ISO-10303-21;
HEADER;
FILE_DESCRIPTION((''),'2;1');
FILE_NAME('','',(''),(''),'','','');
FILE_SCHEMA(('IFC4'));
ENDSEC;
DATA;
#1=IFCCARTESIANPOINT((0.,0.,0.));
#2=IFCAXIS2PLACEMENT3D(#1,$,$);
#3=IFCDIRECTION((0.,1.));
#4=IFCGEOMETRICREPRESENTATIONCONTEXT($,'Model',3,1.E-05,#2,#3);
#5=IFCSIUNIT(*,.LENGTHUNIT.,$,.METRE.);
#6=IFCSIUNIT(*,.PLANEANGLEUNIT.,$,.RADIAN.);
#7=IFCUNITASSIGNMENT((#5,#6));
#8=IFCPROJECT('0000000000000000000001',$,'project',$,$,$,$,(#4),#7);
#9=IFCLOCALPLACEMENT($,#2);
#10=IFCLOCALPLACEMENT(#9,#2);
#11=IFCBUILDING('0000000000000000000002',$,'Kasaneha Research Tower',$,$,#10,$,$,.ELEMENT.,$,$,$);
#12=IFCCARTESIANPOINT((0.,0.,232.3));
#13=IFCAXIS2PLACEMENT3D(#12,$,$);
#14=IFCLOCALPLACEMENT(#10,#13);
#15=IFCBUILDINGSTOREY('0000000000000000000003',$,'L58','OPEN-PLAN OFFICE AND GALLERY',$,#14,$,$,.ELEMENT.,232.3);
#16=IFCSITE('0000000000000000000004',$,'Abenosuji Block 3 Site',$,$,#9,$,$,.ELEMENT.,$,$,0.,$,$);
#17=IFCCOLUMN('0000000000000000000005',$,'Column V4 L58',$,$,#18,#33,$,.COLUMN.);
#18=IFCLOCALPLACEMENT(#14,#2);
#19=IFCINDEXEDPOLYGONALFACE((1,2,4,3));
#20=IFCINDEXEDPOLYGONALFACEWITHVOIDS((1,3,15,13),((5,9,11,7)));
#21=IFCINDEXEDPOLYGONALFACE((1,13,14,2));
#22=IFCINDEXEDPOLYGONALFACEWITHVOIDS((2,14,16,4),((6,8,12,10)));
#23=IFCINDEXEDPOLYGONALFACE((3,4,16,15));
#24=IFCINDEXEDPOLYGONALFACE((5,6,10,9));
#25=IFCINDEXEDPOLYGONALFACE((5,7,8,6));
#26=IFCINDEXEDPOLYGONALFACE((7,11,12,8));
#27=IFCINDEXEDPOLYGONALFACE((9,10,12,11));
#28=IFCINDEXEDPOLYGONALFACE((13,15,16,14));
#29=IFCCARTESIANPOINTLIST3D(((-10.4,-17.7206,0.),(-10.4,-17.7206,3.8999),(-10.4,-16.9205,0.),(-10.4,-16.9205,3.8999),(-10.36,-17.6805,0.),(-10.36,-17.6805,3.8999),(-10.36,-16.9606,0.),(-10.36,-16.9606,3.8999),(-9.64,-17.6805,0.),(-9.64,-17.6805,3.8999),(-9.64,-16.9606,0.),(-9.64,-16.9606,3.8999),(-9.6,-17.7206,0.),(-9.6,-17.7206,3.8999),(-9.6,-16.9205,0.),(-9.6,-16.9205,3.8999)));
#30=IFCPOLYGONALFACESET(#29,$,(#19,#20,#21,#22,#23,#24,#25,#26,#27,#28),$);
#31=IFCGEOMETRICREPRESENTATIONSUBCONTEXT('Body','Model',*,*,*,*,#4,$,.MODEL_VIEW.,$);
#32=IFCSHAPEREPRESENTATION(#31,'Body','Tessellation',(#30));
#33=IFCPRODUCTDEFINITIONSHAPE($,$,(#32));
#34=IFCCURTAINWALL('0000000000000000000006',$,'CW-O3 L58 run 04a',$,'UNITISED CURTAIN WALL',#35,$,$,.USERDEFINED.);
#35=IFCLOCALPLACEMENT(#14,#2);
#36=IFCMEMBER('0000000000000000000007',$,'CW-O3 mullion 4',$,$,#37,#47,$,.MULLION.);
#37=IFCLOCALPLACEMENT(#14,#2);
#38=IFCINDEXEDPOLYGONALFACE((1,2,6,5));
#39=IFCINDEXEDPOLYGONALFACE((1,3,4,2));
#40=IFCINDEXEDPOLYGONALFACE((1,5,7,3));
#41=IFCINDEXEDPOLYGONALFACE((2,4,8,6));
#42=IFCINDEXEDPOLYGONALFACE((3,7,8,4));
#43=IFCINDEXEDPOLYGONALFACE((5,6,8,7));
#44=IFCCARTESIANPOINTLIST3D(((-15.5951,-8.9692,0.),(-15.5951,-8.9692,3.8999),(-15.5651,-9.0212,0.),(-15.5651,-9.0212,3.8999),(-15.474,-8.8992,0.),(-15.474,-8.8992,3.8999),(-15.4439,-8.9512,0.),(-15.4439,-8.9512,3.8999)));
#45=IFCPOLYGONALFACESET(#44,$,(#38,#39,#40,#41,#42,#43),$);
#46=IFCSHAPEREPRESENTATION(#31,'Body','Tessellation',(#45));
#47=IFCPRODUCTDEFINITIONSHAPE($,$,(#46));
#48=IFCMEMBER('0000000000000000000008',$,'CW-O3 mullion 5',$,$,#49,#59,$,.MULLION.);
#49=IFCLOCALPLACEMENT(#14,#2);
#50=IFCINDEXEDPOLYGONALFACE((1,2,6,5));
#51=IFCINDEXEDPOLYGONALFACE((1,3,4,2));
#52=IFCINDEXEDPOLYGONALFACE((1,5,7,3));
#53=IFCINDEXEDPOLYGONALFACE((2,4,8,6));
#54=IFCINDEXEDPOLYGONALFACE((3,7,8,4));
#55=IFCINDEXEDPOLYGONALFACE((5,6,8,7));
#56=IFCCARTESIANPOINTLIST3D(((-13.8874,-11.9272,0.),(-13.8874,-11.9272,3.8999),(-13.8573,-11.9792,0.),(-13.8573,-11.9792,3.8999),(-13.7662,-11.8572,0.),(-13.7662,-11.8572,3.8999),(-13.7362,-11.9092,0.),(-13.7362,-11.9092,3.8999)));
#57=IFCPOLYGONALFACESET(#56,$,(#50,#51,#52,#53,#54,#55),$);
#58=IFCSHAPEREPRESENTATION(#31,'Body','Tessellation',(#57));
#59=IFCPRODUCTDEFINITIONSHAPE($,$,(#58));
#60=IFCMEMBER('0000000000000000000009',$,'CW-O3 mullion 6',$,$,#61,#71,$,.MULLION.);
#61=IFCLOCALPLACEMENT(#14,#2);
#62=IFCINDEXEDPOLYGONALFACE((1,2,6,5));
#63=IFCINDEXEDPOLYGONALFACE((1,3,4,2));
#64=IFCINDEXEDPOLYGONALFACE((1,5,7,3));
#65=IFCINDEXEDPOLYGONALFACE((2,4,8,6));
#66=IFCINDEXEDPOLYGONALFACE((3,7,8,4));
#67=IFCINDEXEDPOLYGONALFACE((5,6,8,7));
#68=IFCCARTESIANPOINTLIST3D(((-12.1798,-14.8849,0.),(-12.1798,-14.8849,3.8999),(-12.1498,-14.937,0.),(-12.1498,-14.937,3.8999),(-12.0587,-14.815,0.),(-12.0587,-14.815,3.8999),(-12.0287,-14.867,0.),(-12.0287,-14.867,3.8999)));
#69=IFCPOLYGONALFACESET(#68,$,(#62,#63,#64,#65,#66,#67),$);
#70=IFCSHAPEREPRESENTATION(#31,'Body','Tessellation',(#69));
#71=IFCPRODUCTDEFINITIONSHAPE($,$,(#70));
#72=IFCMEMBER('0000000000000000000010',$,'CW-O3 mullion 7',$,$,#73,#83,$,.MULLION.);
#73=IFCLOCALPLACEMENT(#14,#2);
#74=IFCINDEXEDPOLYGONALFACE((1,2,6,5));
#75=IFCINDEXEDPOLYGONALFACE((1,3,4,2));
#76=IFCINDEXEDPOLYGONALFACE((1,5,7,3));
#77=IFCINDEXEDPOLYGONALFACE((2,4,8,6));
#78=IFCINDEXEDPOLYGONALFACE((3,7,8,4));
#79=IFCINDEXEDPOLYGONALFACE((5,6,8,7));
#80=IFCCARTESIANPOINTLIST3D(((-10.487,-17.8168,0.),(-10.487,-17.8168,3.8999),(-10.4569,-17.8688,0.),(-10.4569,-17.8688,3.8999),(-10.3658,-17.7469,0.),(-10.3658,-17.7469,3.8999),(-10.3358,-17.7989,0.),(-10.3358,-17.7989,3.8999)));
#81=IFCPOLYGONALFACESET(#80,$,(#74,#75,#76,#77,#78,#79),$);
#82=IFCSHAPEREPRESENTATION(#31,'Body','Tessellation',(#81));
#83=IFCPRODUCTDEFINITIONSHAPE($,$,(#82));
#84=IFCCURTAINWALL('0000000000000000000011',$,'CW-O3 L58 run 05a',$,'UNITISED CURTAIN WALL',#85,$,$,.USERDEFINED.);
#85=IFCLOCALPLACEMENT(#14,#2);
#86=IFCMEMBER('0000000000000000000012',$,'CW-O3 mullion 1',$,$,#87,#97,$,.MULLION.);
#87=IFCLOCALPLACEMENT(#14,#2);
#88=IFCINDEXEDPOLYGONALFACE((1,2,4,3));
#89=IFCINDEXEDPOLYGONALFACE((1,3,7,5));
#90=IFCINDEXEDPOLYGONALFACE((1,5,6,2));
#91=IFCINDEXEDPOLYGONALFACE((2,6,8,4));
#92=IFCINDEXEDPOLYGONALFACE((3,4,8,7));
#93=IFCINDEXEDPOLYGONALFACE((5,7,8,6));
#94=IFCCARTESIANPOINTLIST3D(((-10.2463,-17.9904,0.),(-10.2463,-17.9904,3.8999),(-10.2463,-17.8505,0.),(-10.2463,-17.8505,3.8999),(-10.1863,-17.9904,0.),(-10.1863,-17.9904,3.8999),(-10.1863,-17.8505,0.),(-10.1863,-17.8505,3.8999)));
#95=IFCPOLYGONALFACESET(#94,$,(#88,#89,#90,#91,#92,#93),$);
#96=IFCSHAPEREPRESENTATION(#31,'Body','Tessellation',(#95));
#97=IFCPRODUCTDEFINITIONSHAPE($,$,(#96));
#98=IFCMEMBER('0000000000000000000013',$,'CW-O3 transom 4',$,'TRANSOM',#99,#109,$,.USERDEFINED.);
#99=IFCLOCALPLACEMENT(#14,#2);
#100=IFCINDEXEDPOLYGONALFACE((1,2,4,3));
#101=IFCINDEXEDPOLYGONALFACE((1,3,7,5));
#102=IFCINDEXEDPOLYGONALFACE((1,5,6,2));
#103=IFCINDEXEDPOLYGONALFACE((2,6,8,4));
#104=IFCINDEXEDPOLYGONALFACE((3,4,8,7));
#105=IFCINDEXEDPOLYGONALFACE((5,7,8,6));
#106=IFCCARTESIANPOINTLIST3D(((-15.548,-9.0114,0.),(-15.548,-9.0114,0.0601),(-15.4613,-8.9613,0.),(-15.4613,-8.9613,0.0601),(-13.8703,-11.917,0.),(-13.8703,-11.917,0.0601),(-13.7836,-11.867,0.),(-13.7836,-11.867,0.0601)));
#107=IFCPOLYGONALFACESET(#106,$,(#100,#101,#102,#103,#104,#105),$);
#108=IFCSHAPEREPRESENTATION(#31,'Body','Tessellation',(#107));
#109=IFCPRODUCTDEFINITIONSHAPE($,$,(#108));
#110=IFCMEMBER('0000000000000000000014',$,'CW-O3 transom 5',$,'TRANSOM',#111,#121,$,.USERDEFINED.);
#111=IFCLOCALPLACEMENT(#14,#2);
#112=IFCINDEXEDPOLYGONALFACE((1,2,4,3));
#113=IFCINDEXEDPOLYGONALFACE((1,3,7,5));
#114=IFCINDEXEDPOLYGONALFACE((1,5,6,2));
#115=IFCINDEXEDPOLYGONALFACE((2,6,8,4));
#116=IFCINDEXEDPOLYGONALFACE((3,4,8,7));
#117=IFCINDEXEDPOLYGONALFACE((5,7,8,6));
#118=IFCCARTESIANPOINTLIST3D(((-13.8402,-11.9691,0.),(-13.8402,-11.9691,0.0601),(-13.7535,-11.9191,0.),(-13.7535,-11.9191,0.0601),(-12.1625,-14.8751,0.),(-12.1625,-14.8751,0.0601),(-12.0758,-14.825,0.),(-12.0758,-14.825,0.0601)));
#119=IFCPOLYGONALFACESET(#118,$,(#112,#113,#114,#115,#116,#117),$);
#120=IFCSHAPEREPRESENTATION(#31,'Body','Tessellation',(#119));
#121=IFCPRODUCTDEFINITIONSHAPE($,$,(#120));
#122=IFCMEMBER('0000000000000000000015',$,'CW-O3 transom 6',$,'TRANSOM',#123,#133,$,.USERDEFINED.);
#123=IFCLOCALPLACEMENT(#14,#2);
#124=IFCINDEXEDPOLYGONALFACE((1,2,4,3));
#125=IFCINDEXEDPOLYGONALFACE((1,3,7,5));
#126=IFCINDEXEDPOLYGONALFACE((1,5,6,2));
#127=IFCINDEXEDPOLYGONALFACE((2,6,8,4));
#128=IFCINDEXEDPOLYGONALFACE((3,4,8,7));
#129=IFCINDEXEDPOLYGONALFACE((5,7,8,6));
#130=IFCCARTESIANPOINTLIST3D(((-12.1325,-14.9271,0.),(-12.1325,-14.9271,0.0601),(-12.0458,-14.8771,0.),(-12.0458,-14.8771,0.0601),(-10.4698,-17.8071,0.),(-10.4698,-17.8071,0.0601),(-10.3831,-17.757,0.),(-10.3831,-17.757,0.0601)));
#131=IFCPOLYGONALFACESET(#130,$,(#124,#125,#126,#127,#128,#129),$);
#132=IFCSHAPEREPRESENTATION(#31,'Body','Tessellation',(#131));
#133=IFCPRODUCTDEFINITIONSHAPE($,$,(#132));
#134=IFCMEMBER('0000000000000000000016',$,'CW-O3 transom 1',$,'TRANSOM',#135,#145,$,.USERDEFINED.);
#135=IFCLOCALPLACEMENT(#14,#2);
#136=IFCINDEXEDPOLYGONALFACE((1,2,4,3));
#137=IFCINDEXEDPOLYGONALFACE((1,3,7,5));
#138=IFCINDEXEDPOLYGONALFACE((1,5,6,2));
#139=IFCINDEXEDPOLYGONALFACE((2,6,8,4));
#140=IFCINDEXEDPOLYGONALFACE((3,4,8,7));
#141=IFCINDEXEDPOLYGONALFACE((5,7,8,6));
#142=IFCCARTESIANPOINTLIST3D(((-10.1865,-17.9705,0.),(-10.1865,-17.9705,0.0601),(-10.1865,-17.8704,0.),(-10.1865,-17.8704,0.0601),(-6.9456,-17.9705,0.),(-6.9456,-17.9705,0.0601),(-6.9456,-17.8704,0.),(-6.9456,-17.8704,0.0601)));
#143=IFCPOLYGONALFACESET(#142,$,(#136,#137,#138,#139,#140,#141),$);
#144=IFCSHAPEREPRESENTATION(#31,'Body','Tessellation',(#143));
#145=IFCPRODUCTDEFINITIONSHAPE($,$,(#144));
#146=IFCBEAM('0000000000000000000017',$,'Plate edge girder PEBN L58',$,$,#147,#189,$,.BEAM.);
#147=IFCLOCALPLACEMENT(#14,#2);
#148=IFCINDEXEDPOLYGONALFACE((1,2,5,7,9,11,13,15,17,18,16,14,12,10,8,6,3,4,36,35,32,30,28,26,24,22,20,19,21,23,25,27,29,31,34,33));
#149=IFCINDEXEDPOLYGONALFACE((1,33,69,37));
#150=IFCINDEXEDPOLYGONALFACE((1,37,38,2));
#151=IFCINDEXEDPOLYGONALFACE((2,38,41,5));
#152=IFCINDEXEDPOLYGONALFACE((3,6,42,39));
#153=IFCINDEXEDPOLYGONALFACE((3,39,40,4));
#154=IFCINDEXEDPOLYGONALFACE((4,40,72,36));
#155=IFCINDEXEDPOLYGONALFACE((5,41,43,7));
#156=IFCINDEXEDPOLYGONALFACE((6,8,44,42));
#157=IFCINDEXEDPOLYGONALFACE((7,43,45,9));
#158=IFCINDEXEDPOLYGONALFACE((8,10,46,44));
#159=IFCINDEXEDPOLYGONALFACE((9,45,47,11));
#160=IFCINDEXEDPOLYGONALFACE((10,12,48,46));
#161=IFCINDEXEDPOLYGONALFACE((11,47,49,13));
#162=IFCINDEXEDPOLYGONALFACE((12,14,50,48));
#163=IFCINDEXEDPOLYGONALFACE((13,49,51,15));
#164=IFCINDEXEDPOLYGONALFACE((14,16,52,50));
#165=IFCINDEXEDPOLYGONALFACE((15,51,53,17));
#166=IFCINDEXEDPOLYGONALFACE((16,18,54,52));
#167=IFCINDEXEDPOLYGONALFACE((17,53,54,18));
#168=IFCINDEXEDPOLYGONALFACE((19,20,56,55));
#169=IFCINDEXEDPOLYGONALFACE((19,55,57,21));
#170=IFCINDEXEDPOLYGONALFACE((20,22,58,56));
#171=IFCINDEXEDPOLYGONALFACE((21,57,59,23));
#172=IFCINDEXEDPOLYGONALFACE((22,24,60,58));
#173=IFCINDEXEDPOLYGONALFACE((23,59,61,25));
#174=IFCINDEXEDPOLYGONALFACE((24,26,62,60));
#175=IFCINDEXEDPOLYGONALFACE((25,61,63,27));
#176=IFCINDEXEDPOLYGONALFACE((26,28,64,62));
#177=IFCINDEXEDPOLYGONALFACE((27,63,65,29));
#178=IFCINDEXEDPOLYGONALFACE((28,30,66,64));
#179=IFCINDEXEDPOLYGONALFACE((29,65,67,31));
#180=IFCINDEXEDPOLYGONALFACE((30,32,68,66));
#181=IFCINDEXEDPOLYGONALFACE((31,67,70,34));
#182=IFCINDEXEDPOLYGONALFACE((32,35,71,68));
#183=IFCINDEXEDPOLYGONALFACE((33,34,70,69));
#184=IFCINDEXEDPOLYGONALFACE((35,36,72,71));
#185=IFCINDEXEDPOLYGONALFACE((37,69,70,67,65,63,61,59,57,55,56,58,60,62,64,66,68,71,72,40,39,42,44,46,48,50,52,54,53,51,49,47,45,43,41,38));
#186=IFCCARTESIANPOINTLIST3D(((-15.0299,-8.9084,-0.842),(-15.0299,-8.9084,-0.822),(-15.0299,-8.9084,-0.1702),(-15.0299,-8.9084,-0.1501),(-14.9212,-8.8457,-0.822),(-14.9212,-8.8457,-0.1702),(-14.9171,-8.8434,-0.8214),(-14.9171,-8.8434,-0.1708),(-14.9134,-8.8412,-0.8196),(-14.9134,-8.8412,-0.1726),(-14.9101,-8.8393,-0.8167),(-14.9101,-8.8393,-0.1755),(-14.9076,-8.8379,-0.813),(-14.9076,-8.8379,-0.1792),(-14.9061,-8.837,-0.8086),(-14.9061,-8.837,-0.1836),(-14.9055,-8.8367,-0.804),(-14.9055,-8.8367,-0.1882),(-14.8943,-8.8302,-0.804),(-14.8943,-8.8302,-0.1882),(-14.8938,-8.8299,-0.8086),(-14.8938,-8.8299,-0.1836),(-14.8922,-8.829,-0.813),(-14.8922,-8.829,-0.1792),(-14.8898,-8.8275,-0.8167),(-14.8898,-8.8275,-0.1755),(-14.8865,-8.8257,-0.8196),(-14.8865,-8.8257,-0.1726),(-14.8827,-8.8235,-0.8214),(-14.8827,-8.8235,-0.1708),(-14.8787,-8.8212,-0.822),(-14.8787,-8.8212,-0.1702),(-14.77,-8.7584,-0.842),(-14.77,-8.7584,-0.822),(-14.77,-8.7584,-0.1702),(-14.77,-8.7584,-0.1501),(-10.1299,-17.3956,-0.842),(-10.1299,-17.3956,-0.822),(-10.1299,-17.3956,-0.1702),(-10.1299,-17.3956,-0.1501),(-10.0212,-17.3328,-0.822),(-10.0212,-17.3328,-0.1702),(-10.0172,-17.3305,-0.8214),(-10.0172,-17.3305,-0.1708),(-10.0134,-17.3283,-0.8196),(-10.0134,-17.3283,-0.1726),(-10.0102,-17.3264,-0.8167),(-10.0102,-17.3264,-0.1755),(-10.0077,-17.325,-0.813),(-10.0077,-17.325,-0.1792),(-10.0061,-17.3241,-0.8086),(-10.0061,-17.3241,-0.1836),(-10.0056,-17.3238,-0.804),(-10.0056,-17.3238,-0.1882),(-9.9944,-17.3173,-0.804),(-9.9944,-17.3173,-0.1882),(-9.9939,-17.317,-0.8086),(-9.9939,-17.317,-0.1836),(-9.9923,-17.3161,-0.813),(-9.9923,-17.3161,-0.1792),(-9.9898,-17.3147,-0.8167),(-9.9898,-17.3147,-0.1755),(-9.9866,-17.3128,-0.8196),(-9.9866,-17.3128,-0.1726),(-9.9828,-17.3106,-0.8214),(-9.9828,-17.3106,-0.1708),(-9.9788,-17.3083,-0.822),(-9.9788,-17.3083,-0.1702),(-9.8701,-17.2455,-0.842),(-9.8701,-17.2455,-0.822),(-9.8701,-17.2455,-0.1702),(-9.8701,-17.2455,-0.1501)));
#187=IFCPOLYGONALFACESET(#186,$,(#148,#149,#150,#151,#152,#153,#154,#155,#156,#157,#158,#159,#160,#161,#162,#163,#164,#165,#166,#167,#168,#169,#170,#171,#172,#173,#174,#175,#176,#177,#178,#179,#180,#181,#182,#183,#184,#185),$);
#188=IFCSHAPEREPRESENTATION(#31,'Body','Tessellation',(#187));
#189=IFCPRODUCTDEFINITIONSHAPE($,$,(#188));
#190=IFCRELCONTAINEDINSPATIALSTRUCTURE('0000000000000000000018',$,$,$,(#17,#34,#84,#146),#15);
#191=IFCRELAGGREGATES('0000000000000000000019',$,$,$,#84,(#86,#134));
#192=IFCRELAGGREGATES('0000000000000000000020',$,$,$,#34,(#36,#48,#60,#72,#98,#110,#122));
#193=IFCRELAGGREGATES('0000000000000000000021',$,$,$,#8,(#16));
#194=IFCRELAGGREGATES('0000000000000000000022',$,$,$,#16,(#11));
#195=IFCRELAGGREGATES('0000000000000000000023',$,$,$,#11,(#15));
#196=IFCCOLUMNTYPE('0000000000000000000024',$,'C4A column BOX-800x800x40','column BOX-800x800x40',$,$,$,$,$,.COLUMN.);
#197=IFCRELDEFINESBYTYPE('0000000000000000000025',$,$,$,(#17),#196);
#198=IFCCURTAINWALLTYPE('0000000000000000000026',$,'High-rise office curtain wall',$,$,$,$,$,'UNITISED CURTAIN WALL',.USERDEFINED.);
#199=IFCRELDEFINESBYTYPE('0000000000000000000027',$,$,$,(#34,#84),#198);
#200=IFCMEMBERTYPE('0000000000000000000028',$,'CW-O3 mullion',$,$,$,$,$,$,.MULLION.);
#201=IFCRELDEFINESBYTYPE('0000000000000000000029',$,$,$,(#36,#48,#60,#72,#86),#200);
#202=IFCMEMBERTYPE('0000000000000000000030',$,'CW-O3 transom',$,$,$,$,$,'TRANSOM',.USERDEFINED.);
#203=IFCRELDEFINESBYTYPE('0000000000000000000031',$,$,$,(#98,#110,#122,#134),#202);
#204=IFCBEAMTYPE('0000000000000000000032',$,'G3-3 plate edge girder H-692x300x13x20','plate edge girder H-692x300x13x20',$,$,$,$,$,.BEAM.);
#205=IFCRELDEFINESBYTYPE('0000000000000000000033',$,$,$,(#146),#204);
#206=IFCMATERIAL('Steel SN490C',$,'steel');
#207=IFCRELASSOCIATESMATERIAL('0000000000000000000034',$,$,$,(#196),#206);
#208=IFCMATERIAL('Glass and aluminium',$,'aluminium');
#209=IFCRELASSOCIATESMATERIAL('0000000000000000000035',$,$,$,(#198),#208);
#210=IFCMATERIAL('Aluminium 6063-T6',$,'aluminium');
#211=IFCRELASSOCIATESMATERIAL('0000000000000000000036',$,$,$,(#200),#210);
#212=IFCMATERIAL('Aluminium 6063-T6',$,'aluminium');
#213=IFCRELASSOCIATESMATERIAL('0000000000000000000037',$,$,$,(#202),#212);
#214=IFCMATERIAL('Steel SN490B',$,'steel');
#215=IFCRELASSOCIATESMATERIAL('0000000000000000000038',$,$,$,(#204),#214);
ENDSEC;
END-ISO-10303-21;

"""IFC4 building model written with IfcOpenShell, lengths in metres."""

from ifc_helpers import new_model, si_unit, direction, frame, origin, origin_2d, place, context, subcontext, project, spatial, rectangle, hollow_rectangle, i_section, extrude, material, material_profile, profile_set, type_object, element, aggregate, save


model = new_model("IFC4")

# Units and contexts
model_context = context("Model", 3, precision=1e-05, world=origin(), true_north=direction((0.0, 1.0)))
body_context = subcontext(model_context, "Body", "Model", "MODEL_VIEW")
ifc_project = project(units=[si_unit("LENGTHUNIT", "METRE"), si_unit("PLANEANGLEUNIT", "RADIAN")], contexts=[model_context])

# Site, building, storey
site_placement = place(None, origin())
site = spatial("IfcSite", under=ifc_project, at=site_placement, Name="Abenosuji Block 3 Site", CompositionType="ELEMENT", RefElevation=0.0)
building_placement = place(site_placement, origin())
building = spatial("IfcBuilding", under=site, at=building_placement, Name="Kasaneha Research Tower", CompositionType="ELEMENT")
storey_placement = place(building_placement, frame((0.0, 0.0, 232.3)))
storey = spatial("IfcBuildingStorey", under=building, at=storey_placement, Name="L58", Description="OPEN-PLAN OFFICE AND GALLERY", CompositionType="ELEMENT", Elevation=232.3)

# Column
ifc_material_1 = material(Name="Steel SN490C", Category="steel")
ifc_material_profile_1 = material_profile(ifc_material_1, hollow_rectangle(XDim=0.8, YDim=0.8, WallThickness=0.04, at=origin_2d()), Name="BOX-800x800x40")
ifc_profile_set_1 = profile_set([ifc_material_profile_1], Name="Steel SN490C")
column_type = type_object("IfcColumnType", Name="C4A column BOX-800x800x40", Description="column BOX-800x800x40", PredefinedType="COLUMN", material=ifc_profile_set_1)
column_placement = place(storey_placement, frame((-10.0, -17.3206, 0.0), z_axis=(0.0, 0.0, 1.0), x_axis=(1.0, 0.0, 0.0)))
element("IfcColumn", 1, at=column_placement, inside=storey, type_object=column_type, Name="Column V4 L58", PredefinedType="COLUMN", context=body_context, shape_type="SweptSolid", body=[
    extrude(hollow_rectangle(XDim=0.8, YDim=0.8, WallThickness=0.04, at=origin_2d()), origin(), (0.0, 0.0, 1.0), 3.8999),
])

# Curtain wall, members
ifc_material_2 = material(Name="Glass and aluminium", Category="aluminium")
curtain_wall_type = type_object("IfcCurtainWallType", Name="High-rise office curtain wall", ElementType="UNITISED CURTAIN WALL", PredefinedType="USERDEFINED", material=ifc_material_2)
curtain_wall_1_placement = place(storey_placement, origin())
curtain_wall_1 = element("IfcCurtainWall", 2, at=curtain_wall_1_placement, inside=storey, type_object=curtain_wall_type, Name="CW-O3 L58 run 04a", ObjectType="UNITISED CURTAIN WALL", PredefinedType="USERDEFINED")
ifc_material_3 = material(Name="Aluminium 6063-T6", Category="aluminium")
ifc_material_profile_2 = material_profile(ifc_material_3, rectangle(XDim=0.0601, YDim=0.1399, at=origin_2d()), Name="CW-O3 mullion 60x140")
ifc_profile_set_2 = profile_set([ifc_material_profile_2], Name="Aluminium 6063-T6")
member_type_1 = type_object("IfcMemberType", Name="CW-O3 mullion", PredefinedType="MULLION", material=ifc_profile_set_2)
member_1_placement = place(storey_placement, frame((-15.5195, -8.9602, 0.0), z_axis=(0.0, 0.0, 1.0), x_axis=(0.5, -0.866025, 0.0)))
member_1 = element("IfcMember", 3, at=member_1_placement, type_object=member_type_1, Name="CW-O3 mullion 4", PredefinedType="MULLION", context=body_context, shape_type="SweptSolid", body=[
    extrude(rectangle(XDim=0.0601, YDim=0.1399, at=origin_2d()), origin(), (0.0, 0.0, 1.0), 3.8999),
])
member_2_placement = place(storey_placement, frame((-13.8118, -11.9182, 0.0), z_axis=(0.0, 0.0, 1.0), x_axis=(0.5, -0.866025, 0.0)))
member_2 = element("IfcMember", 4, at=member_2_placement, type_object=member_type_1, Name="CW-O3 mullion 5", PredefinedType="MULLION", context=body_context, shape_type="SweptSolid", body=[
    extrude(rectangle(XDim=0.0601, YDim=0.1399, at=origin_2d()), origin(), (0.0, 0.0, 1.0), 3.8999),
])
member_3_placement = place(storey_placement, frame((-12.1042, -14.876, 0.0), z_axis=(0.0, 0.0, 1.0), x_axis=(0.5, -0.866025, 0.0)))
member_3 = element("IfcMember", 5, at=member_3_placement, type_object=member_type_1, Name="CW-O3 mullion 6", PredefinedType="MULLION", context=body_context, shape_type="SweptSolid", body=[
    extrude(rectangle(XDim=0.0601, YDim=0.1399, at=origin_2d()), origin(), (0.0, 0.0, 1.0), 3.8999),
])
member_4_placement = place(storey_placement, frame((-10.4114, -17.8079, 0.0), z_axis=(0.0, 0.0, 1.0), x_axis=(0.5, -0.866025, 0.0)))
member_4 = element("IfcMember", 6, at=member_4_placement, type_object=member_type_1, Name="CW-O3 mullion 7", PredefinedType="MULLION", context=body_context, shape_type="SweptSolid", body=[
    extrude(rectangle(XDim=0.0601, YDim=0.1399, at=origin_2d()), origin(), (0.0, 0.0, 1.0), 3.8999),
])

# Curtain wall, member
curtain_wall_2_placement = place(storey_placement, origin())
curtain_wall_2 = element("IfcCurtainWall", 7, at=curtain_wall_2_placement, inside=storey, type_object=curtain_wall_type, Name="CW-O3 L58 run 05a", ObjectType="UNITISED CURTAIN WALL", PredefinedType="USERDEFINED")
member_5_placement = place(storey_placement, frame((-10.2163, -17.9204, 0.0), z_axis=(0.0, 0.0, 1.0), x_axis=(1.0, 0.0, 0.0)))
member_5 = element("IfcMember", 8, at=member_5_placement, type_object=member_type_1, Name="CW-O3 mullion 1", PredefinedType="MULLION", context=body_context, shape_type="SweptSolid", body=[
    extrude(rectangle(XDim=0.0601, YDim=0.1399, at=origin_2d()), origin(), (0.0, 0.0, 1.0), 3.8999),
])

# Members
ifc_material_4 = material(Name="Aluminium 6063-T6", Category="aluminium")
ifc_material_profile_3 = material_profile(ifc_material_4, rectangle(XDim=0.1001, YDim=0.0601, at=origin_2d()), Name="CW-O3 transom 100x60")
ifc_profile_set_3 = profile_set([ifc_material_profile_3], Name="Aluminium 6063-T6")
member_type_2 = type_object("IfcMemberType", Name="CW-O3 transom", ElementType="TRANSOM", PredefinedType="USERDEFINED", material=ifc_profile_set_3)
member_6_placement = place(storey_placement, frame((-15.5046, -8.9863, 0.03), z_axis=(0.500021, -0.866014, 0.0), x_axis=(0.866014, 0.500021, 0.0)))
member_6 = element("IfcMember", 9, at=member_6_placement, type_object=member_type_2, Name="CW-O3 transom 4", ObjectType="TRANSOM", PredefinedType="USERDEFINED", context=body_context, shape_type="SweptSolid", body=[
    extrude(rectangle(XDim=0.1001, YDim=0.0601, at=origin_2d()), origin(), (0.0, 0.0, 1.0), 3.3552),
])
member_7_placement = place(storey_placement, frame((-13.7969, -11.9441, 0.03), z_axis=(0.499989, -0.866032, 0.0), x_axis=(0.866032, 0.499989, 0.0)))
member_7 = element("IfcMember", 10, at=member_7_placement, type_object=member_type_2, Name="CW-O3 transom 5", ObjectType="TRANSOM", PredefinedType="USERDEFINED", context=body_context, shape_type="SweptSolid", body=[
    extrude(rectangle(XDim=0.1001, YDim=0.0601, at=origin_2d()), origin(), (0.0, 0.0, 1.0), 3.3555),
])
member_8_placement = place(storey_placement, frame((-12.0891, -14.9021, 0.03), z_axis=(0.499977, -0.866039, 0.0), x_axis=(0.866039, 0.499977, 0.0)))
member_8 = element("IfcMember", 11, at=member_8_placement, type_object=member_type_2, Name="CW-O3 transom 6", ObjectType="TRANSOM", PredefinedType="USERDEFINED", context=body_context, shape_type="SweptSolid", body=[
    extrude(rectangle(XDim=0.1001, YDim=0.0601, at=origin_2d()), origin(), (0.0, 0.0, 1.0), 3.3254),
])
member_9_placement = place(storey_placement, frame((-10.1865, -17.9204, 0.03), z_axis=(1.0, 0.0, 0.0), x_axis=(0.0, 1.0, 0.0)))
member_9 = element("IfcMember", 12, at=member_9_placement, type_object=member_type_2, Name="CW-O3 transom 1", ObjectType="TRANSOM", PredefinedType="USERDEFINED", context=body_context, shape_type="SweptSolid", body=[
    extrude(rectangle(XDim=0.1001, YDim=0.0601, at=origin_2d()), origin(), (0.0, 0.0, 1.0), 3.241),
])
aggregate(curtain_wall_2, [member_5, member_9])

# Beam
ifc_material_5 = material(Name="Steel SN490B", Category="steel")
ifc_material_profile_4 = material_profile(ifc_material_5, i_section(OverallWidth=0.3, OverallDepth=0.6919, WebThickness=0.0129, FlangeThickness=0.02, FilletRadius=0.0181, at=origin_2d()), Name="H-692x300x13x20")
ifc_profile_set_4 = profile_set([ifc_material_profile_4], Name="Steel SN490B")
beam_type_1 = type_object("IfcBeamType", Name="G3-3 plate edge girder H-692x300x13x20", Description="plate edge girder H-692x300x13x20", PredefinedType="BEAM", material=ifc_profile_set_4)
beam_1_placement = place(storey_placement, frame((-10.0, -17.3206, -0.4961), z_axis=(-0.499992, 0.86603, 0.0), x_axis=(-0.86603, -0.499992, 0.0)))
element("IfcBeam", 13, at=beam_1_placement, inside=storey, type_object=beam_type_1, Name="Plate edge girder PEBN L58", PredefinedType="BEAM", context=body_context, shape_type="SweptSolid", body=[
    extrude(i_section(OverallWidth=0.3, OverallDepth=0.6919, WebThickness=0.0129, FlangeThickness=0.02, FilletRadius=0.0181, at=origin_2d()), origin(), (0.0, 0.0, 1.0), 9.8),
])

aggregate(curtain_wall_1, [member_1, member_2, member_3, member_4, member_6, member_7, member_8])

save(model, "model.ifc")
